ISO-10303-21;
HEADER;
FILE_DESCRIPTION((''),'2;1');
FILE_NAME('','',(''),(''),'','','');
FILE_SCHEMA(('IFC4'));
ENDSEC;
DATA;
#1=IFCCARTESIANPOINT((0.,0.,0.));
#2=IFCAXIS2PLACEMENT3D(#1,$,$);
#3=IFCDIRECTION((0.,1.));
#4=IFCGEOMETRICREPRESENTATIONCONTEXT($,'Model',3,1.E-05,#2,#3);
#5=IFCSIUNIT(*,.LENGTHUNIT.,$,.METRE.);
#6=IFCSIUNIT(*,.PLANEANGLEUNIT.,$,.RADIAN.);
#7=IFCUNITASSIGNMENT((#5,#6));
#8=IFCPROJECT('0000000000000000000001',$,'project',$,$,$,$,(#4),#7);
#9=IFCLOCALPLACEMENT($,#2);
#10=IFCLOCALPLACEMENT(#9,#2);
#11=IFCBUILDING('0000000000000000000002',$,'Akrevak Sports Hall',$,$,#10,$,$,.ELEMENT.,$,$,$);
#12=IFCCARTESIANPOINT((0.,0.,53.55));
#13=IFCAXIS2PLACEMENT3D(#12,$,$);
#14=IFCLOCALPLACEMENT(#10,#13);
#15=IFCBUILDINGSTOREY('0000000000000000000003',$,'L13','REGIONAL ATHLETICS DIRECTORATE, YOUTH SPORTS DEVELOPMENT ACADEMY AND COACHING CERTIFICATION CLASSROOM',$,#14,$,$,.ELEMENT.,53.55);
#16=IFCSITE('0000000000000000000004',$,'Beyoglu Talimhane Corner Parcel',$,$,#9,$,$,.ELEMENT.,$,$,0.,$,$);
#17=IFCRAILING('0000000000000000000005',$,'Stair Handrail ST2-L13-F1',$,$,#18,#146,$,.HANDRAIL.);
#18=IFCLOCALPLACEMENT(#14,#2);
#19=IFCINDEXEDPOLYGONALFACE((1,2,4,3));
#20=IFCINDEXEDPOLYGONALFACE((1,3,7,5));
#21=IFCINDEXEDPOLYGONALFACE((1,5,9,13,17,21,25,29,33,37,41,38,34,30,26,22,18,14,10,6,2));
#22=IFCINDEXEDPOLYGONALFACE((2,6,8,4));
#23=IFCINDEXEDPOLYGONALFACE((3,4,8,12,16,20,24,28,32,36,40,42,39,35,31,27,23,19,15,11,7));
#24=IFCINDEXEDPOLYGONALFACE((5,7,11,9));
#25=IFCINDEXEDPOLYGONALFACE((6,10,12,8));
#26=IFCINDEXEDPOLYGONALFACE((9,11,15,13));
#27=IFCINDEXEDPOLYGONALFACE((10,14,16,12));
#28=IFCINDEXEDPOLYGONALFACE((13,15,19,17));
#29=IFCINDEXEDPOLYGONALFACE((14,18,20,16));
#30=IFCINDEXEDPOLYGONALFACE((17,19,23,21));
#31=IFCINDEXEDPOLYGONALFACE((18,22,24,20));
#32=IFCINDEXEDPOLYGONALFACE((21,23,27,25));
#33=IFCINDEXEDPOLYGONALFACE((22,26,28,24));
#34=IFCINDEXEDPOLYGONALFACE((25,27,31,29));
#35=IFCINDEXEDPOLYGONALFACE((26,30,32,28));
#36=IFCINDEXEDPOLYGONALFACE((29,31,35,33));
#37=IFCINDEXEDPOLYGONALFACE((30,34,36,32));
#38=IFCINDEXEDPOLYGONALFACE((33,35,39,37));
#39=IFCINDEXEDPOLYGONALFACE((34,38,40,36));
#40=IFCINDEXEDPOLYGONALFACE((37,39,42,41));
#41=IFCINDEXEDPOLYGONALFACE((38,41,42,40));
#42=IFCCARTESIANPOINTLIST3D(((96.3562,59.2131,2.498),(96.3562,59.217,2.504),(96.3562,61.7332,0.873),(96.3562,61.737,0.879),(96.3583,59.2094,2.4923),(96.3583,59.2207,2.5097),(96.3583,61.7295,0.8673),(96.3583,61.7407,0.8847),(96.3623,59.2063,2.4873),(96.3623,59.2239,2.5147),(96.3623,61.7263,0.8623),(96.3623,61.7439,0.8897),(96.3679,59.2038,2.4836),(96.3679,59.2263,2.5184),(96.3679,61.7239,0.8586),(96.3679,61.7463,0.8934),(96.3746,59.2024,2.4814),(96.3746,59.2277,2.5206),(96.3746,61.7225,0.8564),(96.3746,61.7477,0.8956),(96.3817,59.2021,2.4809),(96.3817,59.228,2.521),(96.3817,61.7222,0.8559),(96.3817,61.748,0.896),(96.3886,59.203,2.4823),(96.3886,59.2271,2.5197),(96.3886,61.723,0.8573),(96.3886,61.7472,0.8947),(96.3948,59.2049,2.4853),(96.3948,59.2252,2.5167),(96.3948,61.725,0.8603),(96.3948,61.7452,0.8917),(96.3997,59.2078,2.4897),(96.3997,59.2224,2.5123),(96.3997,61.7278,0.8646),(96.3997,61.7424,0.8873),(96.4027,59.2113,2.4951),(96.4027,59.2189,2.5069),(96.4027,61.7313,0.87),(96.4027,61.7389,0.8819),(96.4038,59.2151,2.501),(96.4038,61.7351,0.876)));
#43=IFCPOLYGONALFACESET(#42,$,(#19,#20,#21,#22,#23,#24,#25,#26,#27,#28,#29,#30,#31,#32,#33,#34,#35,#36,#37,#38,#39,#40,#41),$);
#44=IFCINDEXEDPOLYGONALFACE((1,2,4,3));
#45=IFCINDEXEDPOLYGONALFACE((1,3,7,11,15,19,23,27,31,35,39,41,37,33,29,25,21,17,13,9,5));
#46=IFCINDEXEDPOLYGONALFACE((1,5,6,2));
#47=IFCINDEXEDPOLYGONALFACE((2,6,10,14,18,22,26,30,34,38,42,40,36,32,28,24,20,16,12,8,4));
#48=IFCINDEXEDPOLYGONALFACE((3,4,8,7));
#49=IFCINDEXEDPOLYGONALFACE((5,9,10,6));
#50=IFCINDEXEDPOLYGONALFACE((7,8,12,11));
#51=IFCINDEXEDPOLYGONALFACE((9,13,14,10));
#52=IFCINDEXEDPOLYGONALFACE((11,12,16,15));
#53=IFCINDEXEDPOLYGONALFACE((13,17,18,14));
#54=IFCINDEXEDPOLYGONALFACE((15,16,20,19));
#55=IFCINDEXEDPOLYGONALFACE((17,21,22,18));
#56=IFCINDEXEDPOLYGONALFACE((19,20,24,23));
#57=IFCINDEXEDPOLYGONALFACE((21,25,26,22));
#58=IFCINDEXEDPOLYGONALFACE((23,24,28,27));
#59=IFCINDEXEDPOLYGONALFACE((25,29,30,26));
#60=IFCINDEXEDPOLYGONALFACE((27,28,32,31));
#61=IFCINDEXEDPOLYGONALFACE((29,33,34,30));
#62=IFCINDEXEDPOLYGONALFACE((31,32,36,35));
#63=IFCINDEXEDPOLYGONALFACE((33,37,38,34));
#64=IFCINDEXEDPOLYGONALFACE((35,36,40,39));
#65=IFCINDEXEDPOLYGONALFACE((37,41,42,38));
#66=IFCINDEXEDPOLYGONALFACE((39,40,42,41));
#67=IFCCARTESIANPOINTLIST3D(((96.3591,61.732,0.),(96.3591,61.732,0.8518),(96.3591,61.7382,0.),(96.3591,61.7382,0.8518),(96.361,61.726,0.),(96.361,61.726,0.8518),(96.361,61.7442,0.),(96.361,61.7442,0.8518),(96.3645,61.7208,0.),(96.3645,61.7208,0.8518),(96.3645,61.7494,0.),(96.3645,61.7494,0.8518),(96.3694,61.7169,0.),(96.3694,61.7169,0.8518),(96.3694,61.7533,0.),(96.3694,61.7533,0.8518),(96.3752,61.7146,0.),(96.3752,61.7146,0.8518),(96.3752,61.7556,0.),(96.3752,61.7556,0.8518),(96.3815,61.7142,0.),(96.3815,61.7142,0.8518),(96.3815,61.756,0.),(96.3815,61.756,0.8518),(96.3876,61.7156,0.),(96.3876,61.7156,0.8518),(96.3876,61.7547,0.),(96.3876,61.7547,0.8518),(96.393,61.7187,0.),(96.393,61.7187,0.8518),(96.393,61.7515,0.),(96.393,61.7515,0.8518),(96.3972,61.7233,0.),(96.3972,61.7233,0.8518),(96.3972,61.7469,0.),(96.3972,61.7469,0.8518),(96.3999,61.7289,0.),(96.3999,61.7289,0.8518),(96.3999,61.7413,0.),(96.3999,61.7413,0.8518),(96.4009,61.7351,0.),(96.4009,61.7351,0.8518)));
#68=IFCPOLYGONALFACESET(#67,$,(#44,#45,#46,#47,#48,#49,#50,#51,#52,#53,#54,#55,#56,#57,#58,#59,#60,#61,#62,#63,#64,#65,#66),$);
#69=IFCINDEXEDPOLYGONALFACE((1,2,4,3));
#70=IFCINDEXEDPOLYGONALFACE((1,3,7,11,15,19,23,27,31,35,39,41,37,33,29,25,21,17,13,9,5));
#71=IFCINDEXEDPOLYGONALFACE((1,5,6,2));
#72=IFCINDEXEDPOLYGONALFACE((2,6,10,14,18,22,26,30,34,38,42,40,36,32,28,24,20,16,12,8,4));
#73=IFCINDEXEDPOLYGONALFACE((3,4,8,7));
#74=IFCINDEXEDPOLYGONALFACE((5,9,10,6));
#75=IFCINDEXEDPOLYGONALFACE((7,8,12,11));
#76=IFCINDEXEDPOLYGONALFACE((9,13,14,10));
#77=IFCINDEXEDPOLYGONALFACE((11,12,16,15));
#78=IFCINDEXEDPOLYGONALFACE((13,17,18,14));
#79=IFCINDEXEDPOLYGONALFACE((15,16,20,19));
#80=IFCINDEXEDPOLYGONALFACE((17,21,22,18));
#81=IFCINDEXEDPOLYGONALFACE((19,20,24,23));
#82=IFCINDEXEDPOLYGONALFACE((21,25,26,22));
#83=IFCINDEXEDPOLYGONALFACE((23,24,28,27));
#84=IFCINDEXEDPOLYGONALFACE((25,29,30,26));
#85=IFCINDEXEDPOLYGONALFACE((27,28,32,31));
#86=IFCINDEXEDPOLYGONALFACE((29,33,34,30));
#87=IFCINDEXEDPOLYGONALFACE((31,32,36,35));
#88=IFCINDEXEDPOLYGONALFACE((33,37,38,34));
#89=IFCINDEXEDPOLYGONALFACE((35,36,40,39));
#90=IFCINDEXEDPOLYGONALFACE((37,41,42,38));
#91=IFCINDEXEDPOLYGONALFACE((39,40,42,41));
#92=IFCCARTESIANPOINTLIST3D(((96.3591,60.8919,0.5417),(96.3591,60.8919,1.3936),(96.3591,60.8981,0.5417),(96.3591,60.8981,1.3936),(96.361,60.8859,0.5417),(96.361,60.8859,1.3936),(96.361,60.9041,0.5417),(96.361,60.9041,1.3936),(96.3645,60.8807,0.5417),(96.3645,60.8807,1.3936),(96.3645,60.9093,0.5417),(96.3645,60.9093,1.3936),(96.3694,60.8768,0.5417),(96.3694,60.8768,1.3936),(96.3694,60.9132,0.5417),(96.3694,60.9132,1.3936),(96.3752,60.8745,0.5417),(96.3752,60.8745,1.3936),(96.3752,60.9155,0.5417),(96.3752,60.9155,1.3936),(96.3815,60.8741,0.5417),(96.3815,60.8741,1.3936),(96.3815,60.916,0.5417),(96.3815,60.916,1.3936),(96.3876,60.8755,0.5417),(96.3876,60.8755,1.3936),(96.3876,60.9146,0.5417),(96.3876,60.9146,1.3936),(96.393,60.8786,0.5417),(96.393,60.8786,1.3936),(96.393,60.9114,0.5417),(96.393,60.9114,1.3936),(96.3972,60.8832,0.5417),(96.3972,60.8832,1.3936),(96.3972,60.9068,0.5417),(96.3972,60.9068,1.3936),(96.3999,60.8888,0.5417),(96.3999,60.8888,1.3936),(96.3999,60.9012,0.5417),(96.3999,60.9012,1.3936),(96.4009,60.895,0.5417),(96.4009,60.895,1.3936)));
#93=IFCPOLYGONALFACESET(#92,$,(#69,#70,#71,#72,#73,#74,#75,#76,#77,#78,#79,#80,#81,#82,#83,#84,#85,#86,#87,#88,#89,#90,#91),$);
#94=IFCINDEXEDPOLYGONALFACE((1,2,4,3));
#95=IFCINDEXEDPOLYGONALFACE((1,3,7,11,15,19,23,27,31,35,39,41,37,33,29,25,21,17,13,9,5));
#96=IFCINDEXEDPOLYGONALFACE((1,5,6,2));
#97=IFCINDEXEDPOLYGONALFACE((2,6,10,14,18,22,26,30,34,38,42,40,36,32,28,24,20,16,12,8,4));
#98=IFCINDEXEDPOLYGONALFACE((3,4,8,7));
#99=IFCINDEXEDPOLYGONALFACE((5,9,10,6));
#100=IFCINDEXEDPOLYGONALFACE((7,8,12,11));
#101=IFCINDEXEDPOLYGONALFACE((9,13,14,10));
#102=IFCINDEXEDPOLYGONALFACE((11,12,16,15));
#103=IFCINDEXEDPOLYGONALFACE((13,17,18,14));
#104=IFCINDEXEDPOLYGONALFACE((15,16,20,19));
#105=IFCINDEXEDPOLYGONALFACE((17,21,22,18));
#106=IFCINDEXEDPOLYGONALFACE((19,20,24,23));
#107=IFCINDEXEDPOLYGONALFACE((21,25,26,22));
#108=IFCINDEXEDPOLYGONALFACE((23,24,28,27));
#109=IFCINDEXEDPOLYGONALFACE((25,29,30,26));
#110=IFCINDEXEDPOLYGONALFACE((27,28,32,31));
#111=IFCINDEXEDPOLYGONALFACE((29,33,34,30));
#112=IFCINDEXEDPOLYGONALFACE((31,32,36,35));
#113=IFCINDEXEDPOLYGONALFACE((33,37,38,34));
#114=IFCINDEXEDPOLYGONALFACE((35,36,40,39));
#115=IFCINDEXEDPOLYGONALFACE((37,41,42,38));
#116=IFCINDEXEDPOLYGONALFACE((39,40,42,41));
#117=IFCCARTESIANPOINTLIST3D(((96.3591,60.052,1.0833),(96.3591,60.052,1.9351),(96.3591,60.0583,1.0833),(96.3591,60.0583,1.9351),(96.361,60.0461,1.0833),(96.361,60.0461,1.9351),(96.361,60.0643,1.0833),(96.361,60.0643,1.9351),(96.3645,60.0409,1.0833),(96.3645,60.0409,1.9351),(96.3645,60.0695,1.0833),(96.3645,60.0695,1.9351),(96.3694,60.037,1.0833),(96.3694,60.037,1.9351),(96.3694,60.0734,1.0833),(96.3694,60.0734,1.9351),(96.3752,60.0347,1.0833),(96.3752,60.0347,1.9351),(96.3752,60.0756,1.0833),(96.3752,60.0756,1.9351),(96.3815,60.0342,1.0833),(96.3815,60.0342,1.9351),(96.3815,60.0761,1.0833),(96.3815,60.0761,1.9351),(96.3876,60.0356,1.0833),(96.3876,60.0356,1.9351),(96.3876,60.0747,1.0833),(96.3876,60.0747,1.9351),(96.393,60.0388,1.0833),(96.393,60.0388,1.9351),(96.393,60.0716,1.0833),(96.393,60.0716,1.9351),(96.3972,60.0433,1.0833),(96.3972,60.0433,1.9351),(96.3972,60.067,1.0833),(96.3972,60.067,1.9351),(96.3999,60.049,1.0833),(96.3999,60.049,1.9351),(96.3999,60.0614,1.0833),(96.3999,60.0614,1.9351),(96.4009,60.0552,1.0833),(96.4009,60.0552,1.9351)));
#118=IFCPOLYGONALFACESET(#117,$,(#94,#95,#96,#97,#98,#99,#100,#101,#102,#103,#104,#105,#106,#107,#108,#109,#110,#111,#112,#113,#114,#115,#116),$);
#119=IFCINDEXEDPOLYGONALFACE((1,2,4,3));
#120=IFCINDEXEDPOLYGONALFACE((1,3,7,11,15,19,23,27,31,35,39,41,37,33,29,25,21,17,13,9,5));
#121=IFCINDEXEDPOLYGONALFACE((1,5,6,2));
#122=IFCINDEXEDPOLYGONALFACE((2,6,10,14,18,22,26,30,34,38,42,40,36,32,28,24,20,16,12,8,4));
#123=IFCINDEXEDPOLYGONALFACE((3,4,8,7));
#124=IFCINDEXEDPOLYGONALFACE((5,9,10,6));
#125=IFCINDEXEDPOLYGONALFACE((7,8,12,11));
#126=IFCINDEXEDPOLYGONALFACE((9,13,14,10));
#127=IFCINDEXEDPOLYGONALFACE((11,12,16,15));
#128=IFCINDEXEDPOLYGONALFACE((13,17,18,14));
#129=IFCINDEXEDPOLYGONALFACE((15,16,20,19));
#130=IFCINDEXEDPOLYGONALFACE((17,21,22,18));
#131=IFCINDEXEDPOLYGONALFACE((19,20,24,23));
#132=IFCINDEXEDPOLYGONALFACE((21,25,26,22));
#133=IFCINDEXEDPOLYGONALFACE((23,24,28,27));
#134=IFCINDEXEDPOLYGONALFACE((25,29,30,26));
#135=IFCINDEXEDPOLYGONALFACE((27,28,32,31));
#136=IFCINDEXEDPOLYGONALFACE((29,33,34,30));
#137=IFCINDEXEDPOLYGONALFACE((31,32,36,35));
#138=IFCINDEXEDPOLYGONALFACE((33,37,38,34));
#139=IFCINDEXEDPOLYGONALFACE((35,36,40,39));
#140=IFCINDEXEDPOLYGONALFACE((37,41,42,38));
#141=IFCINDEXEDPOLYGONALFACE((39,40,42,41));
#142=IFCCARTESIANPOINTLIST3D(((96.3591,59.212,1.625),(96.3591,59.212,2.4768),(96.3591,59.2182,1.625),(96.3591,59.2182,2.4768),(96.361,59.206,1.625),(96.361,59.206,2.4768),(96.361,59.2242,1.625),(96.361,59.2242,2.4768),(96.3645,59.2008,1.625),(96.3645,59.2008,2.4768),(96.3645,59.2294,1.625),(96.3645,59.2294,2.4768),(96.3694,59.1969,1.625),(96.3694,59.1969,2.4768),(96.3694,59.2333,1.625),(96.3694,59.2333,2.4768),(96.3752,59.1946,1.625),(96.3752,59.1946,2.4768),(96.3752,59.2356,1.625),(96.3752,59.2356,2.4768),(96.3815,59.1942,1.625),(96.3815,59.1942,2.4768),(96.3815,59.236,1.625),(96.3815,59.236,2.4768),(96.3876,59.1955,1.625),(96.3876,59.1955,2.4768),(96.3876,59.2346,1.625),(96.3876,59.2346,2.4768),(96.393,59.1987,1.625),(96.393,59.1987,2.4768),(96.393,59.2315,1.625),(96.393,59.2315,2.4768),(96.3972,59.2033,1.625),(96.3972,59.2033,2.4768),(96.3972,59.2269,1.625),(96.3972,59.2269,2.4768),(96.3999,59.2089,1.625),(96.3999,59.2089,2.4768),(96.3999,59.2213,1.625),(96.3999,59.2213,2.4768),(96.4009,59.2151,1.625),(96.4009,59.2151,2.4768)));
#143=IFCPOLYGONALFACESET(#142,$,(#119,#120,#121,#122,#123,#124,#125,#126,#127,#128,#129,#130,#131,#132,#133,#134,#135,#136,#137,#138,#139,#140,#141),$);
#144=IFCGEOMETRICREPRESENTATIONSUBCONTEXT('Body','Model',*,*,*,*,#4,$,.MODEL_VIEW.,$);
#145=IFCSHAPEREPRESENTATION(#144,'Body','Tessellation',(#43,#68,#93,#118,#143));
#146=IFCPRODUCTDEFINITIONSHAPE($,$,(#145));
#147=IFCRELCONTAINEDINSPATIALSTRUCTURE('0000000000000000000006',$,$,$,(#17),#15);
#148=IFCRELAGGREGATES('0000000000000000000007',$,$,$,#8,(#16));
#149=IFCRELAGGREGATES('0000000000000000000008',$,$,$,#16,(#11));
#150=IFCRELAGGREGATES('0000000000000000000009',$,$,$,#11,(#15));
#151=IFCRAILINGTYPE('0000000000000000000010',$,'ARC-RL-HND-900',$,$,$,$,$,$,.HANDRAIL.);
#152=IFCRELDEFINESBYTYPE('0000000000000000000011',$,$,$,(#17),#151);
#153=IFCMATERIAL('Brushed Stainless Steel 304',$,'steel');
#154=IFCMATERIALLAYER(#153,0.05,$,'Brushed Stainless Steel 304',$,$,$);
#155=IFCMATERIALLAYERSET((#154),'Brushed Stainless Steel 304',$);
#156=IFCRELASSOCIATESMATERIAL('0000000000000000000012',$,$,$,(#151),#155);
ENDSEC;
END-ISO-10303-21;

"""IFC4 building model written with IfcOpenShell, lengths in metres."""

from ifc_helpers import new_model, si_unit, direction, frame, origin, origin_2d, place, context, subcontext, project, spatial, circle, extrude, material, layer, layer_set, type_object, element, save


model = new_model("IFC4")

# Units and contexts
model_context = context("Model", 3, precision=1e-05, world=origin(), true_north=direction((0.0, 1.0)))
body_context = subcontext(model_context, "Body", "Model", "MODEL_VIEW")
ifc_project = project(units=[si_unit("LENGTHUNIT", "METRE"), si_unit("PLANEANGLEUNIT", "RADIAN")], contexts=[model_context])

# Site, building, storey
site_placement = place(None, origin())
site = spatial("IfcSite", under=ifc_project, at=site_placement, Name="Beyoglu Talimhane Corner Parcel", CompositionType="ELEMENT", RefElevation=0.0)
building_placement = place(site_placement, origin())
building = spatial("IfcBuilding", under=site, at=building_placement, Name="Akrevak Sports Hall", CompositionType="ELEMENT")
storey_placement = place(building_placement, frame((0.0, 0.0, 53.55)))
storey = spatial("IfcBuildingStorey", under=building, at=storey_placement, Name="L13", Description="REGIONAL ATHLETICS DIRECTORATE, YOUTH SPORTS DEVELOPMENT ACADEMY AND COACHING CERTIFICATION CLASSROOM", CompositionType="ELEMENT", Elevation=53.55)

# Shared definitions
ifc_material_1 = material(Name="Brushed Stainless Steel 304", Category="steel")

# Railing
ifc_layer_1 = layer(ifc_material_1, 0.05, Name="Brushed Stainless Steel 304")
ifc_layer_set_1 = layer_set([ifc_layer_1], Name="Brushed Stainless Steel 304")
railing_type_1 = type_object("IfcRailingType", Name="ARC-RL-HND-900", PredefinedType="HANDRAIL", material=ifc_layer_set_1)
railing_1_placement = place(storey_placement, frame((96.3799, 61.7351, 0.0)))
element("IfcRailing", 1, at=railing_1_placement, inside=storey, type_object=railing_type_1, Name="Stair Handrail ST2-L13-F1", PredefinedType="HANDRAIL", context=body_context, shape_type="SweptSolid", body=[
    extrude(circle(Radius=0.0239, at=origin_2d()), frame((0.0, 0.0, 0.876), z_axis=(0.0, -0.840421, 0.541934), x_axis=(1.0, 0.0, 0.0)), (0.0, 0.0, 1.0), 2.9985),
    extrude(circle(Radius=0.021, at=origin_2d()), origin(), (0.0, 0.0, 1.0), 0.8518),
    extrude(circle(Radius=0.021, at=origin_2d()), frame((0.0, -0.8401, 0.5417)), (0.0, 0.0, 1.0), 0.8518),
    extrude(circle(Radius=0.021, at=origin_2d()), frame((0.0, -1.6799, 1.0833)), (0.0, 0.0, 1.0), 0.8518),
    extrude(circle(Radius=0.021, at=origin_2d()), frame((0.0, -2.52, 1.625)), (0.0, 0.0, 1.0), 0.8518),
])

save(model, "model.ifc")
